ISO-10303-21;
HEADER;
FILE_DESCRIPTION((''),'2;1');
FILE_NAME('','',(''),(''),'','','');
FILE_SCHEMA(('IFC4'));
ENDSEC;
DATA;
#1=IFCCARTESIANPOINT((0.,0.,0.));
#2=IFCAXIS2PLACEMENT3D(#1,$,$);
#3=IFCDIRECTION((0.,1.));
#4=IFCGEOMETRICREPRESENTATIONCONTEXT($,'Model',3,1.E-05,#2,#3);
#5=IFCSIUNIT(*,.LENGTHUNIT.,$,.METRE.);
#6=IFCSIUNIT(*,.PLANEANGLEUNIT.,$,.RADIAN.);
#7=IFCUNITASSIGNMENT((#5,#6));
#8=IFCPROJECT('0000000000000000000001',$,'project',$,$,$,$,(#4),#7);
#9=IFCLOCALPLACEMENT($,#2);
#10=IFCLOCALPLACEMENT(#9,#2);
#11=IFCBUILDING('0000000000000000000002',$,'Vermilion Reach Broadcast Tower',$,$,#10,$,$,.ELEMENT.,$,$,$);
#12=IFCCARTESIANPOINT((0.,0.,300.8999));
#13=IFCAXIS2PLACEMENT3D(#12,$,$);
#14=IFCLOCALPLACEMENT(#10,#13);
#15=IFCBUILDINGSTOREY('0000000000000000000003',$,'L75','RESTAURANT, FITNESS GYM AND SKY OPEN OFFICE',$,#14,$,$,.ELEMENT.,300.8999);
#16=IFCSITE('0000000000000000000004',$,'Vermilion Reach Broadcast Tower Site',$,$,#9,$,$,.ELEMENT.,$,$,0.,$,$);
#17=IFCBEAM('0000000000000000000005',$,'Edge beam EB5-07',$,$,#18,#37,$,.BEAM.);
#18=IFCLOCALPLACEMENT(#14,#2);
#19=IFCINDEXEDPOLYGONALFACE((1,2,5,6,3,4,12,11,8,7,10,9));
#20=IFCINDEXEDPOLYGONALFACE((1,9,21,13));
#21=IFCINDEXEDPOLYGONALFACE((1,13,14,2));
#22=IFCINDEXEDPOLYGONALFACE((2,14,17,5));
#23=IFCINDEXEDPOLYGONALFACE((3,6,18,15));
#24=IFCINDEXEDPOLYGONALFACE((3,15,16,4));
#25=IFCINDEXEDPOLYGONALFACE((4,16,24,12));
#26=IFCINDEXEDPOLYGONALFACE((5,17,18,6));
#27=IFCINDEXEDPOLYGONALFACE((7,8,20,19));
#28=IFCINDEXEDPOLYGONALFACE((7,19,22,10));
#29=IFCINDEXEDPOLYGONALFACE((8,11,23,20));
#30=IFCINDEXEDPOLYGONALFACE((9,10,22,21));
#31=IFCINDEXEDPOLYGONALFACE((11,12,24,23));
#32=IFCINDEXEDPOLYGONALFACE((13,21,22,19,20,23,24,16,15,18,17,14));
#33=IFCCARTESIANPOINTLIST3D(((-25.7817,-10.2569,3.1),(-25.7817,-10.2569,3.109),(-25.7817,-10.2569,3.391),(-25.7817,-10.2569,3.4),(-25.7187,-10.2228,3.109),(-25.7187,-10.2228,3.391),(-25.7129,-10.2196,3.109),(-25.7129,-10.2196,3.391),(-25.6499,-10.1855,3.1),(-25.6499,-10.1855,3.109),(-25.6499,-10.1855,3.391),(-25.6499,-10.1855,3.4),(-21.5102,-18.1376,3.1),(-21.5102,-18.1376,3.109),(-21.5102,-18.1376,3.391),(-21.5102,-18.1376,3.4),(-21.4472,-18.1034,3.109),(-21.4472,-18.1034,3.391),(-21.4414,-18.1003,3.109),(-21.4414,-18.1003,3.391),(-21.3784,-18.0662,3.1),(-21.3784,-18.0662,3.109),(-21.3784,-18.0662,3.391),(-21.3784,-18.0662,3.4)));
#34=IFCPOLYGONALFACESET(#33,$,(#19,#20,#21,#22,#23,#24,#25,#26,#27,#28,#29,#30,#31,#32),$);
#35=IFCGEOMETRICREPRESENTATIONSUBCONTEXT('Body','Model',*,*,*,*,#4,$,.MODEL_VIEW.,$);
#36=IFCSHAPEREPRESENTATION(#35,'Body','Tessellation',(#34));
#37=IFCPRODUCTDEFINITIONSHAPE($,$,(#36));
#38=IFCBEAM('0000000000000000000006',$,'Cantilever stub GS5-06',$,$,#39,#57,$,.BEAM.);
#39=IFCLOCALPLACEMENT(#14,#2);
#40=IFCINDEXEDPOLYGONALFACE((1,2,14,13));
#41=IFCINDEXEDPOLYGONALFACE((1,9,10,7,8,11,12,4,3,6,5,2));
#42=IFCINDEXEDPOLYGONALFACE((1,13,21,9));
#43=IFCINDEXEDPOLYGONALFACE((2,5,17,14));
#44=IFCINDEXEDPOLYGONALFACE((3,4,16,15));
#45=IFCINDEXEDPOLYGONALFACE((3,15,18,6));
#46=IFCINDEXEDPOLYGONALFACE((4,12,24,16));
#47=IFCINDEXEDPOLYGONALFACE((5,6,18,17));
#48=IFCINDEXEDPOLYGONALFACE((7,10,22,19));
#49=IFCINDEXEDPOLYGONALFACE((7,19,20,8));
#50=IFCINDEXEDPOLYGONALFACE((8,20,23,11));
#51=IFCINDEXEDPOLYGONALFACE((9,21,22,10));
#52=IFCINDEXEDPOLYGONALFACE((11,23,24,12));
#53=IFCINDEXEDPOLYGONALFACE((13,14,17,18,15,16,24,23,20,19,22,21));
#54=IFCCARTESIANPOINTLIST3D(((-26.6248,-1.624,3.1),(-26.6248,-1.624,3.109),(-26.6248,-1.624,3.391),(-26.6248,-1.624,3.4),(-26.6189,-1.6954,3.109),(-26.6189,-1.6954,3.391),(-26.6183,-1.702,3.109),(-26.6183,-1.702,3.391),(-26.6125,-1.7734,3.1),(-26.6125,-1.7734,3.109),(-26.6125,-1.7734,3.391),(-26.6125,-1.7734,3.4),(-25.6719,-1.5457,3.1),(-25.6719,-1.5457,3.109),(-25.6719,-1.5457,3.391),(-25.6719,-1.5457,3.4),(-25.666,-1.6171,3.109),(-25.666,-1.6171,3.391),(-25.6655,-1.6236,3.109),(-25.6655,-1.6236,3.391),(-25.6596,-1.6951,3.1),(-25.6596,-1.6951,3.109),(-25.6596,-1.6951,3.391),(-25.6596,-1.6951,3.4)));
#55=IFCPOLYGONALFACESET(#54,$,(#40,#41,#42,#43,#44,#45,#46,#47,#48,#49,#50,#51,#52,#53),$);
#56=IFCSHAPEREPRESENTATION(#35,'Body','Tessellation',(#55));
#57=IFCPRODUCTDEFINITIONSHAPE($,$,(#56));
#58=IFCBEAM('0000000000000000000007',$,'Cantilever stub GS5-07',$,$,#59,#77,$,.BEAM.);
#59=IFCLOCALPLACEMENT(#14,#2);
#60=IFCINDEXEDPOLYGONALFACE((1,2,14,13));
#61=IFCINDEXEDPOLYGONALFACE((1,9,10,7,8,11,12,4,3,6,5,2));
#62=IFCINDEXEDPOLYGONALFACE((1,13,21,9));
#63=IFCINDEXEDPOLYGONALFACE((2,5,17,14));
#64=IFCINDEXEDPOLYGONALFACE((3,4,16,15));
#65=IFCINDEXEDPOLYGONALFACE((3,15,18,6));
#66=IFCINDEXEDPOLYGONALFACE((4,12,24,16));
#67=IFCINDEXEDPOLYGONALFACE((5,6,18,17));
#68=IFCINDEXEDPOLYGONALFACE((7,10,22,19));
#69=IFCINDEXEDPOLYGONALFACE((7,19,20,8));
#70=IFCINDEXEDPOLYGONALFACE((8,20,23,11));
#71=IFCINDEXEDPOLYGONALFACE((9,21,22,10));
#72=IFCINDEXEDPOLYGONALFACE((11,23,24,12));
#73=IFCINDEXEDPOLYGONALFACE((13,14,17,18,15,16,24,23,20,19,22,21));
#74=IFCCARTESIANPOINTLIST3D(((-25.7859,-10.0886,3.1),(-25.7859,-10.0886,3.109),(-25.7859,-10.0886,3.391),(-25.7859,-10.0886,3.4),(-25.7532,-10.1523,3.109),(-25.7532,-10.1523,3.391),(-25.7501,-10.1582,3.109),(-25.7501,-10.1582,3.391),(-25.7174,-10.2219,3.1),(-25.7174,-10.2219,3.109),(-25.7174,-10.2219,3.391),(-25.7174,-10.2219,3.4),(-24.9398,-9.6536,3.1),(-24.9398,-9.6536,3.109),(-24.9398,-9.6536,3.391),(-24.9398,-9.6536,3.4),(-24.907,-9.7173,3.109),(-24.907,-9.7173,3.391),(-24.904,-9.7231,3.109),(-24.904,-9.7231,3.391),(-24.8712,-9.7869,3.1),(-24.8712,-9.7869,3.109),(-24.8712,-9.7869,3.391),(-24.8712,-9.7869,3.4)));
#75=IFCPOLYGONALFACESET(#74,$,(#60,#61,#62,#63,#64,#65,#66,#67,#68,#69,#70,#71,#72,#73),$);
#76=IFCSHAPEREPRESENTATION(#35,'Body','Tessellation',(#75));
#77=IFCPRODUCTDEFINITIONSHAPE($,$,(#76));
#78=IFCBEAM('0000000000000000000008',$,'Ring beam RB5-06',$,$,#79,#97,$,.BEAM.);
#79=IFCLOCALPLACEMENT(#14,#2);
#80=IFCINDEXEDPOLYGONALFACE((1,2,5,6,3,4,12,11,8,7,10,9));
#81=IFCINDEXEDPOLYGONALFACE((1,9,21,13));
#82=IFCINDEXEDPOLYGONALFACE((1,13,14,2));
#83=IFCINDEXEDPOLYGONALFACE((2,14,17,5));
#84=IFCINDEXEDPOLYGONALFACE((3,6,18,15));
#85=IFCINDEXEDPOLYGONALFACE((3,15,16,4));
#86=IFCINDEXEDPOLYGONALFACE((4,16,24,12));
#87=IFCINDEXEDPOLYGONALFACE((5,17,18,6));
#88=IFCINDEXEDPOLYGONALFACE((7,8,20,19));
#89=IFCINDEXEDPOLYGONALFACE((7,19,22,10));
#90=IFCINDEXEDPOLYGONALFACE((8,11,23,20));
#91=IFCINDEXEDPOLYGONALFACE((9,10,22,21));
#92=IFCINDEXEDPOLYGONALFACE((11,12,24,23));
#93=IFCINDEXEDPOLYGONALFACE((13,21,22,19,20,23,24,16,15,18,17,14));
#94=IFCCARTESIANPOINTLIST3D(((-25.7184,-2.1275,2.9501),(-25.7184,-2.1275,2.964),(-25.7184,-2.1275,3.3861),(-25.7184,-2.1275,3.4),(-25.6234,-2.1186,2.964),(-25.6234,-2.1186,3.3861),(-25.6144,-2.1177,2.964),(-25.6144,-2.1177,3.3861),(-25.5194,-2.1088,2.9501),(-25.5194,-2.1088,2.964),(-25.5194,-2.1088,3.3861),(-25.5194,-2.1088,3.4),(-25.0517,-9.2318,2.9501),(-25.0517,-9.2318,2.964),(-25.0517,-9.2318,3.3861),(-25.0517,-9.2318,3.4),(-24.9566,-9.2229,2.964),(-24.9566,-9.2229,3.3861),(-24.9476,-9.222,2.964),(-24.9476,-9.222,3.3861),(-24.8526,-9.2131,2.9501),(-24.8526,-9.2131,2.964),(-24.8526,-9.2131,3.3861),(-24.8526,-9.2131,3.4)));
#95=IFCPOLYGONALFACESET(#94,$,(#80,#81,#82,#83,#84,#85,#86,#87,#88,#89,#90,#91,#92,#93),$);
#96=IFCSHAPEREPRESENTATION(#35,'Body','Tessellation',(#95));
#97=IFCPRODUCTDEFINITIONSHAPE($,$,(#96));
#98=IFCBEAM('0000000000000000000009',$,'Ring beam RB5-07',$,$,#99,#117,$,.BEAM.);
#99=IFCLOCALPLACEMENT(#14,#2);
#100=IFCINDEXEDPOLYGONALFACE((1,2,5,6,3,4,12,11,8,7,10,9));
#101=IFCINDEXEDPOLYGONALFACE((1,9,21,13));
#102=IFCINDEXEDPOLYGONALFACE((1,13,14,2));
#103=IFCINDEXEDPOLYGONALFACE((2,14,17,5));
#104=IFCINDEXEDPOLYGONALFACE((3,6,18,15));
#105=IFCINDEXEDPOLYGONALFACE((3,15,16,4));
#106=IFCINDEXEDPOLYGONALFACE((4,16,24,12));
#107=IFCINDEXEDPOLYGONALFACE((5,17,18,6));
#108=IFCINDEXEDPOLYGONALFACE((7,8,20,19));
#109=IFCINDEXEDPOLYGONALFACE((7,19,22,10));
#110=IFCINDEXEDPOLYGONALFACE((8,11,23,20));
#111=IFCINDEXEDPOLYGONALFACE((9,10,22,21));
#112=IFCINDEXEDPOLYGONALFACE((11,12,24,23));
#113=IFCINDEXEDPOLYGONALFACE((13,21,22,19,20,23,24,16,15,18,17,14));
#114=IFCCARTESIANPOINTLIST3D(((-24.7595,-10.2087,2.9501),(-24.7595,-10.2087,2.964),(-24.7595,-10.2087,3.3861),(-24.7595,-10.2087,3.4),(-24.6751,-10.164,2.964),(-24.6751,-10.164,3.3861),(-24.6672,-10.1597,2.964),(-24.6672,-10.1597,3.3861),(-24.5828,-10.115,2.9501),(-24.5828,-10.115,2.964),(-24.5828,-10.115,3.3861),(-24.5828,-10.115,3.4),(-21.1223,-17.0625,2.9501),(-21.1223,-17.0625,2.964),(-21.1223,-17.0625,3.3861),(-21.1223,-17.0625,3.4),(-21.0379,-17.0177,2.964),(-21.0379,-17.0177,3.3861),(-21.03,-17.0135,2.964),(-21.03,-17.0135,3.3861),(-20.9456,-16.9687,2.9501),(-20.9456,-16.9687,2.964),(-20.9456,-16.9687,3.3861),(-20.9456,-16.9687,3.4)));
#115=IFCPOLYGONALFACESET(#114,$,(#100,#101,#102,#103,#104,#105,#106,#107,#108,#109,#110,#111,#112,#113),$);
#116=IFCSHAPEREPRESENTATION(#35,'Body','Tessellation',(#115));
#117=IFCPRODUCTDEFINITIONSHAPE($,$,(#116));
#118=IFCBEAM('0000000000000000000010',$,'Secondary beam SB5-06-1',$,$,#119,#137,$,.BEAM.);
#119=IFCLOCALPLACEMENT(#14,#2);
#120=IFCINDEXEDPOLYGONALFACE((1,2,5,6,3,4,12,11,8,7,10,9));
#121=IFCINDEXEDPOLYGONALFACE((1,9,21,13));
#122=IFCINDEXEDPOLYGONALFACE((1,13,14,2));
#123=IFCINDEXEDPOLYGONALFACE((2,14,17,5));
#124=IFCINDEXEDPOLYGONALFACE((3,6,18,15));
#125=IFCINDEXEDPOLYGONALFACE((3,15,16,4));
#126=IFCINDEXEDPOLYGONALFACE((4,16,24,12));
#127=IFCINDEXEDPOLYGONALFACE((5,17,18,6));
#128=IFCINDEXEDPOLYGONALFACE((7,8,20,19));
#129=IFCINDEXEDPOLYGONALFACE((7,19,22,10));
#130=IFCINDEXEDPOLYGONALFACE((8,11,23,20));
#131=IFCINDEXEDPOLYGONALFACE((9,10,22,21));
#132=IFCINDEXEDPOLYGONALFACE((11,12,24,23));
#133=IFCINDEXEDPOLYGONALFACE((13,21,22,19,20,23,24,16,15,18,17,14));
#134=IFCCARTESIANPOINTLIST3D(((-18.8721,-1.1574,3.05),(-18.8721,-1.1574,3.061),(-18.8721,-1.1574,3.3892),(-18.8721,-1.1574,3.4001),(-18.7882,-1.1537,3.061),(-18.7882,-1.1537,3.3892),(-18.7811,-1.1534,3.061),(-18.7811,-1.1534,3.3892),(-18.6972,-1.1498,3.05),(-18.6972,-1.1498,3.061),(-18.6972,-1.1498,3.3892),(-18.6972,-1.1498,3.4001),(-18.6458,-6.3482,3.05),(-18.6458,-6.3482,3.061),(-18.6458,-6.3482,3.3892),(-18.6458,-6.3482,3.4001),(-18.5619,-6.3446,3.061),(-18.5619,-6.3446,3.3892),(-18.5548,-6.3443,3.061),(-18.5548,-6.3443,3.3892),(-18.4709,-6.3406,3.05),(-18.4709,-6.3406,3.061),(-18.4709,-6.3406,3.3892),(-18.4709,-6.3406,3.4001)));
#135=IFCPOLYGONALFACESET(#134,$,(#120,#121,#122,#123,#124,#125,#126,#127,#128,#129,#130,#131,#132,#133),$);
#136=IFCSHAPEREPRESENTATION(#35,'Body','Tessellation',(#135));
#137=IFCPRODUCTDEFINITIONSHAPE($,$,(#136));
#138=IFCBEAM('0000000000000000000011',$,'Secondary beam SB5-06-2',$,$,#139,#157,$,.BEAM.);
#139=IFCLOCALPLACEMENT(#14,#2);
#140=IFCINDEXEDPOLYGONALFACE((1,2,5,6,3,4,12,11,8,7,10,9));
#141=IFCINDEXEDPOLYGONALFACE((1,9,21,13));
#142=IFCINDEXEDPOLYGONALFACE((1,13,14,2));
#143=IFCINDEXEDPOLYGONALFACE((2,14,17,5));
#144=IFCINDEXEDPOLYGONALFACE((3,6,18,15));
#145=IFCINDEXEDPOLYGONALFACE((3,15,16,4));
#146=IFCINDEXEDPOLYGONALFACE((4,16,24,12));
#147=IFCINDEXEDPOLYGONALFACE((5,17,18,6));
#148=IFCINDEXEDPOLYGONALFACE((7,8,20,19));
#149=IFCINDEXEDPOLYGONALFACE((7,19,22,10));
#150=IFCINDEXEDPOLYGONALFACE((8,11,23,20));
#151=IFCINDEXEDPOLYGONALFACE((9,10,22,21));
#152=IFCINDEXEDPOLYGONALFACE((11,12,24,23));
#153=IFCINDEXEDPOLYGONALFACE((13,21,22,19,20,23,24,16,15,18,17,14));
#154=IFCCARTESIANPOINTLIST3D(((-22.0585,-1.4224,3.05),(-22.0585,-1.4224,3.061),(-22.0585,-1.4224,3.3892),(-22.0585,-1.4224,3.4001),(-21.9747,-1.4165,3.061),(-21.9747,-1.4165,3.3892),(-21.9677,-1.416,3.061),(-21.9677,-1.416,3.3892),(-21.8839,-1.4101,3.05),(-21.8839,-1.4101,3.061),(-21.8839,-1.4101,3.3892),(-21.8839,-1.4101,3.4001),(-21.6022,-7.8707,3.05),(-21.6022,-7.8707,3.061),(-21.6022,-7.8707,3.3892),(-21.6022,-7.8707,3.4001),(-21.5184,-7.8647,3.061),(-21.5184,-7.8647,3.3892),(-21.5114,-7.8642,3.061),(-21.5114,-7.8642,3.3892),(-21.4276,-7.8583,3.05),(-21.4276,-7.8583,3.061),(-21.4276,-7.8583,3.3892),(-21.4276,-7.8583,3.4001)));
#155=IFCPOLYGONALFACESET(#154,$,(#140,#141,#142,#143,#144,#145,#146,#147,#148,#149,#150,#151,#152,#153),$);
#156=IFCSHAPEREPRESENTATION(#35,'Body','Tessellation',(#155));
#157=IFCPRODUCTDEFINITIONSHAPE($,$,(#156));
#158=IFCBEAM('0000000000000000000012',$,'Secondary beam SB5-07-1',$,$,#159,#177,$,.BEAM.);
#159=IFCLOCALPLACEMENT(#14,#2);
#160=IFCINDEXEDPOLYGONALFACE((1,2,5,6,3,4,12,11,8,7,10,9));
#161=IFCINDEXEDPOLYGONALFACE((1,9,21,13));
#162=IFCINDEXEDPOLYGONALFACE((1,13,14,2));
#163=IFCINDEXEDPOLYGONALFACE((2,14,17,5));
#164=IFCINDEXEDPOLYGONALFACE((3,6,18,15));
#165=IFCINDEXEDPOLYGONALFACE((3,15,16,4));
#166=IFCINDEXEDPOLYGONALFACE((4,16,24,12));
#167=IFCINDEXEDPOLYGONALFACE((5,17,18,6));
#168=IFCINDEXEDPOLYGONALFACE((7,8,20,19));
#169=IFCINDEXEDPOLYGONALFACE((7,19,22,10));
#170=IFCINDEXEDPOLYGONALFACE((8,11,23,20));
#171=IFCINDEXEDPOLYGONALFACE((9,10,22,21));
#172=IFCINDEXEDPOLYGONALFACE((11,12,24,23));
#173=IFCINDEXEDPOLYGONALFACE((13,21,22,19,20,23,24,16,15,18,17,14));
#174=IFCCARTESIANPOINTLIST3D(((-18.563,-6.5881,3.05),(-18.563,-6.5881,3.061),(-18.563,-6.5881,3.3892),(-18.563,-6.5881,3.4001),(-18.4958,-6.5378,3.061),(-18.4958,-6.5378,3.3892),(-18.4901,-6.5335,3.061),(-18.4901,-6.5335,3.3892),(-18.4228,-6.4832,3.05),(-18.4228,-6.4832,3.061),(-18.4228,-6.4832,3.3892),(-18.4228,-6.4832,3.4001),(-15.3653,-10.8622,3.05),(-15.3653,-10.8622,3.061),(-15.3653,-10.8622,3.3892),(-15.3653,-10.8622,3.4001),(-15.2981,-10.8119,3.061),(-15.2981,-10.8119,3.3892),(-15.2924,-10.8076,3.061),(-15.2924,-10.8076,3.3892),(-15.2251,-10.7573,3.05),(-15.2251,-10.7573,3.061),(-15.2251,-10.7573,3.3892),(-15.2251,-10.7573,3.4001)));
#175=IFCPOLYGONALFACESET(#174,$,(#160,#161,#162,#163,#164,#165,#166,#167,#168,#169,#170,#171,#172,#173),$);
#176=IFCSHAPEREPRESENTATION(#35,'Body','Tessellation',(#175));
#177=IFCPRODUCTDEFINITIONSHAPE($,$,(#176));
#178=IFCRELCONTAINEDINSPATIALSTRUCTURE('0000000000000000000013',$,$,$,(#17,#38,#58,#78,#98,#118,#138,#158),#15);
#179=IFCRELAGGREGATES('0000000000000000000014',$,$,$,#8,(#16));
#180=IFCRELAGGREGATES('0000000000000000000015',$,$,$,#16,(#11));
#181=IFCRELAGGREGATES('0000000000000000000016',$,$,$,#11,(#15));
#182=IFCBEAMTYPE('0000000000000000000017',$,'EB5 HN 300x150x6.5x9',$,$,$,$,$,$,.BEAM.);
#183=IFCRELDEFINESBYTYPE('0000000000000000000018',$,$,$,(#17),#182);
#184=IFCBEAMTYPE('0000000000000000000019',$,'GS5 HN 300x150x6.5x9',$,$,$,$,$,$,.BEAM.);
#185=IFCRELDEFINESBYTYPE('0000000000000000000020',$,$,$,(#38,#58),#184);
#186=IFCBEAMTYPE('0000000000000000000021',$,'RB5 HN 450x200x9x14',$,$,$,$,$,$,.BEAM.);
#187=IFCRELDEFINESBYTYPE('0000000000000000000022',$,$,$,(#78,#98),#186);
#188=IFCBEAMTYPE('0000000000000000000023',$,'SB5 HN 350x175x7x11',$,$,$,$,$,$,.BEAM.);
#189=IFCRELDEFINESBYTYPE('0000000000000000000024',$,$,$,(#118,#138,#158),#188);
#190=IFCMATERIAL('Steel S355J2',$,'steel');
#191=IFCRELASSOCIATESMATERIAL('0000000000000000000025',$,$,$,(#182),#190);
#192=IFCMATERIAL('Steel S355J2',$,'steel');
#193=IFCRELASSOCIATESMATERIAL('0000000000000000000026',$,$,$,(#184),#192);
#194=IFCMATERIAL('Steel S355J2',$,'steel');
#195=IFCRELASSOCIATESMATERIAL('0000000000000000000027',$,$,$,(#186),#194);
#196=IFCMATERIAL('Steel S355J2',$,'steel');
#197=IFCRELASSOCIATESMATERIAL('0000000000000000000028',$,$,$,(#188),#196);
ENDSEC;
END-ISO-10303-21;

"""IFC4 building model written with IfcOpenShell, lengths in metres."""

from ifc_helpers import new_model, si_unit, direction, frame, origin, origin_2d, place, context, subcontext, project, spatial, i_section, extrude, material, material_profile, profile_set, type_object, element, save


model = new_model("IFC4")

# Units and contexts
model_context = context("Model", 3, precision=1e-05, world=origin(), true_north=direction((0.0, 1.0)))
body_context = subcontext(model_context, "Body", "Model", "MODEL_VIEW")
ifc_project = project(units=[si_unit("LENGTHUNIT", "METRE"), si_unit("PLANEANGLEUNIT", "RADIAN")], contexts=[model_context])

# Site, building, storey
site_placement = place(None, origin())
site = spatial("IfcSite", under=ifc_project, at=site_placement, Name="Vermilion Reach Broadcast Tower Site", CompositionType="ELEMENT", RefElevation=0.0)
building_placement = place(site_placement, origin())
building = spatial("IfcBuilding", under=site, at=building_placement, Name="Vermilion Reach Broadcast Tower", CompositionType="ELEMENT")
storey_placement = place(building_placement, frame((0.0, 0.0, 300.8999)))
storey = spatial("IfcBuildingStorey", under=building, at=storey_placement, Name="L75", Description="RESTAURANT, FITNESS GYM AND SKY OPEN OFFICE", CompositionType="ELEMENT", Elevation=300.8999)

# Beams
ifc_material_1 = material(Name="Steel S355J2", Category="steel")
ifc_material_profile_1 = material_profile(ifc_material_1, i_section(OverallWidth=0.1499, OverallDepth=0.3, WebThickness=0.0066, FlangeThickness=0.009, at=origin_2d()), Name="S355J2 HN 300x150x6.5x9")
ifc_profile_set_1 = profile_set([ifc_material_profile_1], Name="Steel S355J2")
beam_type_1 = type_object("IfcBeamType", Name="EB5 HN 300x150x6.5x9", PredefinedType="BEAM", material=ifc_profile_set_1)
beam_1_placement = place(storey_placement, frame((-25.7158, -10.2212, 3.25), z_axis=(0.476526, -0.87916, 0.0), x_axis=(0.87916, 0.476526, 0.0)))
element("IfcBeam", 1, at=beam_1_placement, inside=storey, type_object=beam_type_1, Name="Edge beam EB5-07", PredefinedType="BEAM", context=body_context, shape_type="SweptSolid", body=[
    extrude(i_section(OverallWidth=0.1499, OverallDepth=0.3, WebThickness=0.0066, FlangeThickness=0.009, at=origin_2d()), origin(), (0.0, 0.0, 1.0), 8.9639),
])
ifc_material_2 = material(Name="Steel S355J2", Category="steel")
ifc_material_profile_2 = material_profile(ifc_material_2, i_section(OverallWidth=0.1499, OverallDepth=0.3, WebThickness=0.0066, FlangeThickness=0.009, at=origin_2d()), Name="S355J2 HN 300x150x6.5x9")
ifc_profile_set_2 = profile_set([ifc_material_profile_2], Name="Steel S355J2")
beam_type_2 = type_object("IfcBeamType", Name="GS5 HN 300x150x6.5x9", PredefinedType="BEAM", material=ifc_profile_set_2)
beam_2_placement = place(storey_placement, frame((-25.6658, -1.6204, 3.25), z_axis=(-0.996635, -0.081968, 0.0), x_axis=(0.081968, -0.996635, 0.0)))
element("IfcBeam", 2, at=beam_2_placement, inside=storey, type_object=beam_type_2, Name="Cantilever stub GS5-06", PredefinedType="BEAM", context=body_context, shape_type="SweptSolid", body=[
    extrude(i_section(OverallWidth=0.1499, OverallDepth=0.3, WebThickness=0.0066, FlangeThickness=0.009, at=origin_2d()), origin(), (0.0, 0.0, 1.0), 0.9561),
])
beam_3_placement = place(storey_placement, frame((-24.9055, -9.7202, 3.25), z_axis=(-0.889341, -0.457244, 0.0), x_axis=(0.457244, -0.889341, 0.0)))
element("IfcBeam", 3, at=beam_3_placement, inside=storey, type_object=beam_type_2, Name="Cantilever stub GS5-07", PredefinedType="BEAM", context=body_context, shape_type="SweptSolid", body=[
    extrude(i_section(OverallWidth=0.1499, OverallDepth=0.3, WebThickness=0.0066, FlangeThickness=0.009, at=origin_2d()), origin(), (0.0, 0.0, 1.0), 0.9514),
])
ifc_material_3 = material(Name="Steel S355J2", Category="steel")
ifc_material_profile_3 = material_profile(ifc_material_3, i_section(OverallWidth=0.2, OverallDepth=0.45, WebThickness=0.009, FlangeThickness=0.0139, at=origin_2d()), Name="S355J2 HN 450x200x9x14")
ifc_profile_set_3 = profile_set([ifc_material_profile_3], Name="Steel S355J2")
beam_type_3 = type_object("IfcBeamType", Name="RB5 HN 450x200x9x14", PredefinedType="BEAM", material=ifc_profile_set_3)
beam_4_placement = place(storey_placement, frame((-25.6189, -2.1182, 3.175), z_axis=(0.093441, -0.995625, 0.0), x_axis=(0.995625, 0.093441, 0.0)))
element("IfcBeam", 4, at=beam_4_placement, inside=storey, type_object=beam_type_3, Name="Ring beam RB5-06", PredefinedType="BEAM", context=body_context, shape_type="SweptSolid", body=[
    extrude(i_section(OverallWidth=0.2, OverallDepth=0.45, WebThickness=0.009, FlangeThickness=0.0139, at=origin_2d()), origin(), (0.0, 0.0, 1.0), 7.1355),
])
beam_5_placement = place(storey_placement, frame((-24.6711, -10.1619, 3.175), z_axis=(0.468768, -0.883321, 0.0), x_axis=(0.883321, 0.468768, 0.0)))
element("IfcBeam", 5, at=beam_5_placement, inside=storey, type_object=beam_type_3, Name="Ring beam RB5-07", PredefinedType="BEAM", context=body_context, shape_type="SweptSolid", body=[
    extrude(i_section(OverallWidth=0.2, OverallDepth=0.45, WebThickness=0.009, FlangeThickness=0.0139, at=origin_2d()), origin(), (0.0, 0.0, 1.0), 7.759),
])
ifc_material_4 = material(Name="Steel S355J2", Category="steel")
ifc_material_profile_4 = material_profile(ifc_material_4, i_section(OverallWidth=0.175, OverallDepth=0.3501, WebThickness=0.0071, FlangeThickness=0.011, at=origin_2d()), Name="S355J2 HN 350x175x7x11")
ifc_profile_set_4 = profile_set([ifc_material_profile_4], Name="Steel S355J2")
beam_type_4 = type_object("IfcBeamType", Name="SB5 HN 350x175x7x11", PredefinedType="BEAM", material=ifc_profile_set_4)
beam_6_placement = place(storey_placement, frame((-18.7847, -1.1536, 3.2251), z_axis=(0.043558, -0.999051, 0.0), x_axis=(0.999051, 0.043558, 0.0)))
element("IfcBeam", 6, at=beam_6_placement, inside=storey, type_object=beam_type_4, Name="Secondary beam SB5-06-1", PredefinedType="BEAM", context=body_context, shape_type="SweptSolid", body=[
    extrude(i_section(OverallWidth=0.175, OverallDepth=0.3501, WebThickness=0.0071, FlangeThickness=0.011, at=origin_2d()), origin(), (0.0, 0.0, 1.0), 5.1958),
])
beam_7_placement = place(storey_placement, frame((-21.9712, -1.4163, 3.2251), z_axis=(0.070587, -0.997506, 0.0), x_axis=(0.997506, 0.070587, 0.0)))
element("IfcBeam", 7, at=beam_7_placement, inside=storey, type_object=beam_type_4, Name="Secondary beam SB5-06-2", PredefinedType="BEAM", context=body_context, shape_type="SweptSolid", body=[
    extrude(i_section(OverallWidth=0.175, OverallDepth=0.3501, WebThickness=0.0071, FlangeThickness=0.011, at=origin_2d()), origin(), (0.0, 0.0, 1.0), 6.4644),
])
beam_8_placement = place(storey_placement, frame((-18.4929, -6.5356, 3.2251), z_axis=(0.599056, -0.800707, 0.0), x_axis=(0.800707, 0.599056, 0.0)))
element("IfcBeam", 8, at=beam_8_placement, inside=storey, type_object=beam_type_4, Name="Secondary beam SB5-07-1", PredefinedType="BEAM", context=body_context, shape_type="SweptSolid", body=[
    extrude(i_section(OverallWidth=0.175, OverallDepth=0.3501, WebThickness=0.0071, FlangeThickness=0.011, at=origin_2d()), origin(), (0.0, 0.0, 1.0), 5.3379),
])

save(model, "model.ifc")
